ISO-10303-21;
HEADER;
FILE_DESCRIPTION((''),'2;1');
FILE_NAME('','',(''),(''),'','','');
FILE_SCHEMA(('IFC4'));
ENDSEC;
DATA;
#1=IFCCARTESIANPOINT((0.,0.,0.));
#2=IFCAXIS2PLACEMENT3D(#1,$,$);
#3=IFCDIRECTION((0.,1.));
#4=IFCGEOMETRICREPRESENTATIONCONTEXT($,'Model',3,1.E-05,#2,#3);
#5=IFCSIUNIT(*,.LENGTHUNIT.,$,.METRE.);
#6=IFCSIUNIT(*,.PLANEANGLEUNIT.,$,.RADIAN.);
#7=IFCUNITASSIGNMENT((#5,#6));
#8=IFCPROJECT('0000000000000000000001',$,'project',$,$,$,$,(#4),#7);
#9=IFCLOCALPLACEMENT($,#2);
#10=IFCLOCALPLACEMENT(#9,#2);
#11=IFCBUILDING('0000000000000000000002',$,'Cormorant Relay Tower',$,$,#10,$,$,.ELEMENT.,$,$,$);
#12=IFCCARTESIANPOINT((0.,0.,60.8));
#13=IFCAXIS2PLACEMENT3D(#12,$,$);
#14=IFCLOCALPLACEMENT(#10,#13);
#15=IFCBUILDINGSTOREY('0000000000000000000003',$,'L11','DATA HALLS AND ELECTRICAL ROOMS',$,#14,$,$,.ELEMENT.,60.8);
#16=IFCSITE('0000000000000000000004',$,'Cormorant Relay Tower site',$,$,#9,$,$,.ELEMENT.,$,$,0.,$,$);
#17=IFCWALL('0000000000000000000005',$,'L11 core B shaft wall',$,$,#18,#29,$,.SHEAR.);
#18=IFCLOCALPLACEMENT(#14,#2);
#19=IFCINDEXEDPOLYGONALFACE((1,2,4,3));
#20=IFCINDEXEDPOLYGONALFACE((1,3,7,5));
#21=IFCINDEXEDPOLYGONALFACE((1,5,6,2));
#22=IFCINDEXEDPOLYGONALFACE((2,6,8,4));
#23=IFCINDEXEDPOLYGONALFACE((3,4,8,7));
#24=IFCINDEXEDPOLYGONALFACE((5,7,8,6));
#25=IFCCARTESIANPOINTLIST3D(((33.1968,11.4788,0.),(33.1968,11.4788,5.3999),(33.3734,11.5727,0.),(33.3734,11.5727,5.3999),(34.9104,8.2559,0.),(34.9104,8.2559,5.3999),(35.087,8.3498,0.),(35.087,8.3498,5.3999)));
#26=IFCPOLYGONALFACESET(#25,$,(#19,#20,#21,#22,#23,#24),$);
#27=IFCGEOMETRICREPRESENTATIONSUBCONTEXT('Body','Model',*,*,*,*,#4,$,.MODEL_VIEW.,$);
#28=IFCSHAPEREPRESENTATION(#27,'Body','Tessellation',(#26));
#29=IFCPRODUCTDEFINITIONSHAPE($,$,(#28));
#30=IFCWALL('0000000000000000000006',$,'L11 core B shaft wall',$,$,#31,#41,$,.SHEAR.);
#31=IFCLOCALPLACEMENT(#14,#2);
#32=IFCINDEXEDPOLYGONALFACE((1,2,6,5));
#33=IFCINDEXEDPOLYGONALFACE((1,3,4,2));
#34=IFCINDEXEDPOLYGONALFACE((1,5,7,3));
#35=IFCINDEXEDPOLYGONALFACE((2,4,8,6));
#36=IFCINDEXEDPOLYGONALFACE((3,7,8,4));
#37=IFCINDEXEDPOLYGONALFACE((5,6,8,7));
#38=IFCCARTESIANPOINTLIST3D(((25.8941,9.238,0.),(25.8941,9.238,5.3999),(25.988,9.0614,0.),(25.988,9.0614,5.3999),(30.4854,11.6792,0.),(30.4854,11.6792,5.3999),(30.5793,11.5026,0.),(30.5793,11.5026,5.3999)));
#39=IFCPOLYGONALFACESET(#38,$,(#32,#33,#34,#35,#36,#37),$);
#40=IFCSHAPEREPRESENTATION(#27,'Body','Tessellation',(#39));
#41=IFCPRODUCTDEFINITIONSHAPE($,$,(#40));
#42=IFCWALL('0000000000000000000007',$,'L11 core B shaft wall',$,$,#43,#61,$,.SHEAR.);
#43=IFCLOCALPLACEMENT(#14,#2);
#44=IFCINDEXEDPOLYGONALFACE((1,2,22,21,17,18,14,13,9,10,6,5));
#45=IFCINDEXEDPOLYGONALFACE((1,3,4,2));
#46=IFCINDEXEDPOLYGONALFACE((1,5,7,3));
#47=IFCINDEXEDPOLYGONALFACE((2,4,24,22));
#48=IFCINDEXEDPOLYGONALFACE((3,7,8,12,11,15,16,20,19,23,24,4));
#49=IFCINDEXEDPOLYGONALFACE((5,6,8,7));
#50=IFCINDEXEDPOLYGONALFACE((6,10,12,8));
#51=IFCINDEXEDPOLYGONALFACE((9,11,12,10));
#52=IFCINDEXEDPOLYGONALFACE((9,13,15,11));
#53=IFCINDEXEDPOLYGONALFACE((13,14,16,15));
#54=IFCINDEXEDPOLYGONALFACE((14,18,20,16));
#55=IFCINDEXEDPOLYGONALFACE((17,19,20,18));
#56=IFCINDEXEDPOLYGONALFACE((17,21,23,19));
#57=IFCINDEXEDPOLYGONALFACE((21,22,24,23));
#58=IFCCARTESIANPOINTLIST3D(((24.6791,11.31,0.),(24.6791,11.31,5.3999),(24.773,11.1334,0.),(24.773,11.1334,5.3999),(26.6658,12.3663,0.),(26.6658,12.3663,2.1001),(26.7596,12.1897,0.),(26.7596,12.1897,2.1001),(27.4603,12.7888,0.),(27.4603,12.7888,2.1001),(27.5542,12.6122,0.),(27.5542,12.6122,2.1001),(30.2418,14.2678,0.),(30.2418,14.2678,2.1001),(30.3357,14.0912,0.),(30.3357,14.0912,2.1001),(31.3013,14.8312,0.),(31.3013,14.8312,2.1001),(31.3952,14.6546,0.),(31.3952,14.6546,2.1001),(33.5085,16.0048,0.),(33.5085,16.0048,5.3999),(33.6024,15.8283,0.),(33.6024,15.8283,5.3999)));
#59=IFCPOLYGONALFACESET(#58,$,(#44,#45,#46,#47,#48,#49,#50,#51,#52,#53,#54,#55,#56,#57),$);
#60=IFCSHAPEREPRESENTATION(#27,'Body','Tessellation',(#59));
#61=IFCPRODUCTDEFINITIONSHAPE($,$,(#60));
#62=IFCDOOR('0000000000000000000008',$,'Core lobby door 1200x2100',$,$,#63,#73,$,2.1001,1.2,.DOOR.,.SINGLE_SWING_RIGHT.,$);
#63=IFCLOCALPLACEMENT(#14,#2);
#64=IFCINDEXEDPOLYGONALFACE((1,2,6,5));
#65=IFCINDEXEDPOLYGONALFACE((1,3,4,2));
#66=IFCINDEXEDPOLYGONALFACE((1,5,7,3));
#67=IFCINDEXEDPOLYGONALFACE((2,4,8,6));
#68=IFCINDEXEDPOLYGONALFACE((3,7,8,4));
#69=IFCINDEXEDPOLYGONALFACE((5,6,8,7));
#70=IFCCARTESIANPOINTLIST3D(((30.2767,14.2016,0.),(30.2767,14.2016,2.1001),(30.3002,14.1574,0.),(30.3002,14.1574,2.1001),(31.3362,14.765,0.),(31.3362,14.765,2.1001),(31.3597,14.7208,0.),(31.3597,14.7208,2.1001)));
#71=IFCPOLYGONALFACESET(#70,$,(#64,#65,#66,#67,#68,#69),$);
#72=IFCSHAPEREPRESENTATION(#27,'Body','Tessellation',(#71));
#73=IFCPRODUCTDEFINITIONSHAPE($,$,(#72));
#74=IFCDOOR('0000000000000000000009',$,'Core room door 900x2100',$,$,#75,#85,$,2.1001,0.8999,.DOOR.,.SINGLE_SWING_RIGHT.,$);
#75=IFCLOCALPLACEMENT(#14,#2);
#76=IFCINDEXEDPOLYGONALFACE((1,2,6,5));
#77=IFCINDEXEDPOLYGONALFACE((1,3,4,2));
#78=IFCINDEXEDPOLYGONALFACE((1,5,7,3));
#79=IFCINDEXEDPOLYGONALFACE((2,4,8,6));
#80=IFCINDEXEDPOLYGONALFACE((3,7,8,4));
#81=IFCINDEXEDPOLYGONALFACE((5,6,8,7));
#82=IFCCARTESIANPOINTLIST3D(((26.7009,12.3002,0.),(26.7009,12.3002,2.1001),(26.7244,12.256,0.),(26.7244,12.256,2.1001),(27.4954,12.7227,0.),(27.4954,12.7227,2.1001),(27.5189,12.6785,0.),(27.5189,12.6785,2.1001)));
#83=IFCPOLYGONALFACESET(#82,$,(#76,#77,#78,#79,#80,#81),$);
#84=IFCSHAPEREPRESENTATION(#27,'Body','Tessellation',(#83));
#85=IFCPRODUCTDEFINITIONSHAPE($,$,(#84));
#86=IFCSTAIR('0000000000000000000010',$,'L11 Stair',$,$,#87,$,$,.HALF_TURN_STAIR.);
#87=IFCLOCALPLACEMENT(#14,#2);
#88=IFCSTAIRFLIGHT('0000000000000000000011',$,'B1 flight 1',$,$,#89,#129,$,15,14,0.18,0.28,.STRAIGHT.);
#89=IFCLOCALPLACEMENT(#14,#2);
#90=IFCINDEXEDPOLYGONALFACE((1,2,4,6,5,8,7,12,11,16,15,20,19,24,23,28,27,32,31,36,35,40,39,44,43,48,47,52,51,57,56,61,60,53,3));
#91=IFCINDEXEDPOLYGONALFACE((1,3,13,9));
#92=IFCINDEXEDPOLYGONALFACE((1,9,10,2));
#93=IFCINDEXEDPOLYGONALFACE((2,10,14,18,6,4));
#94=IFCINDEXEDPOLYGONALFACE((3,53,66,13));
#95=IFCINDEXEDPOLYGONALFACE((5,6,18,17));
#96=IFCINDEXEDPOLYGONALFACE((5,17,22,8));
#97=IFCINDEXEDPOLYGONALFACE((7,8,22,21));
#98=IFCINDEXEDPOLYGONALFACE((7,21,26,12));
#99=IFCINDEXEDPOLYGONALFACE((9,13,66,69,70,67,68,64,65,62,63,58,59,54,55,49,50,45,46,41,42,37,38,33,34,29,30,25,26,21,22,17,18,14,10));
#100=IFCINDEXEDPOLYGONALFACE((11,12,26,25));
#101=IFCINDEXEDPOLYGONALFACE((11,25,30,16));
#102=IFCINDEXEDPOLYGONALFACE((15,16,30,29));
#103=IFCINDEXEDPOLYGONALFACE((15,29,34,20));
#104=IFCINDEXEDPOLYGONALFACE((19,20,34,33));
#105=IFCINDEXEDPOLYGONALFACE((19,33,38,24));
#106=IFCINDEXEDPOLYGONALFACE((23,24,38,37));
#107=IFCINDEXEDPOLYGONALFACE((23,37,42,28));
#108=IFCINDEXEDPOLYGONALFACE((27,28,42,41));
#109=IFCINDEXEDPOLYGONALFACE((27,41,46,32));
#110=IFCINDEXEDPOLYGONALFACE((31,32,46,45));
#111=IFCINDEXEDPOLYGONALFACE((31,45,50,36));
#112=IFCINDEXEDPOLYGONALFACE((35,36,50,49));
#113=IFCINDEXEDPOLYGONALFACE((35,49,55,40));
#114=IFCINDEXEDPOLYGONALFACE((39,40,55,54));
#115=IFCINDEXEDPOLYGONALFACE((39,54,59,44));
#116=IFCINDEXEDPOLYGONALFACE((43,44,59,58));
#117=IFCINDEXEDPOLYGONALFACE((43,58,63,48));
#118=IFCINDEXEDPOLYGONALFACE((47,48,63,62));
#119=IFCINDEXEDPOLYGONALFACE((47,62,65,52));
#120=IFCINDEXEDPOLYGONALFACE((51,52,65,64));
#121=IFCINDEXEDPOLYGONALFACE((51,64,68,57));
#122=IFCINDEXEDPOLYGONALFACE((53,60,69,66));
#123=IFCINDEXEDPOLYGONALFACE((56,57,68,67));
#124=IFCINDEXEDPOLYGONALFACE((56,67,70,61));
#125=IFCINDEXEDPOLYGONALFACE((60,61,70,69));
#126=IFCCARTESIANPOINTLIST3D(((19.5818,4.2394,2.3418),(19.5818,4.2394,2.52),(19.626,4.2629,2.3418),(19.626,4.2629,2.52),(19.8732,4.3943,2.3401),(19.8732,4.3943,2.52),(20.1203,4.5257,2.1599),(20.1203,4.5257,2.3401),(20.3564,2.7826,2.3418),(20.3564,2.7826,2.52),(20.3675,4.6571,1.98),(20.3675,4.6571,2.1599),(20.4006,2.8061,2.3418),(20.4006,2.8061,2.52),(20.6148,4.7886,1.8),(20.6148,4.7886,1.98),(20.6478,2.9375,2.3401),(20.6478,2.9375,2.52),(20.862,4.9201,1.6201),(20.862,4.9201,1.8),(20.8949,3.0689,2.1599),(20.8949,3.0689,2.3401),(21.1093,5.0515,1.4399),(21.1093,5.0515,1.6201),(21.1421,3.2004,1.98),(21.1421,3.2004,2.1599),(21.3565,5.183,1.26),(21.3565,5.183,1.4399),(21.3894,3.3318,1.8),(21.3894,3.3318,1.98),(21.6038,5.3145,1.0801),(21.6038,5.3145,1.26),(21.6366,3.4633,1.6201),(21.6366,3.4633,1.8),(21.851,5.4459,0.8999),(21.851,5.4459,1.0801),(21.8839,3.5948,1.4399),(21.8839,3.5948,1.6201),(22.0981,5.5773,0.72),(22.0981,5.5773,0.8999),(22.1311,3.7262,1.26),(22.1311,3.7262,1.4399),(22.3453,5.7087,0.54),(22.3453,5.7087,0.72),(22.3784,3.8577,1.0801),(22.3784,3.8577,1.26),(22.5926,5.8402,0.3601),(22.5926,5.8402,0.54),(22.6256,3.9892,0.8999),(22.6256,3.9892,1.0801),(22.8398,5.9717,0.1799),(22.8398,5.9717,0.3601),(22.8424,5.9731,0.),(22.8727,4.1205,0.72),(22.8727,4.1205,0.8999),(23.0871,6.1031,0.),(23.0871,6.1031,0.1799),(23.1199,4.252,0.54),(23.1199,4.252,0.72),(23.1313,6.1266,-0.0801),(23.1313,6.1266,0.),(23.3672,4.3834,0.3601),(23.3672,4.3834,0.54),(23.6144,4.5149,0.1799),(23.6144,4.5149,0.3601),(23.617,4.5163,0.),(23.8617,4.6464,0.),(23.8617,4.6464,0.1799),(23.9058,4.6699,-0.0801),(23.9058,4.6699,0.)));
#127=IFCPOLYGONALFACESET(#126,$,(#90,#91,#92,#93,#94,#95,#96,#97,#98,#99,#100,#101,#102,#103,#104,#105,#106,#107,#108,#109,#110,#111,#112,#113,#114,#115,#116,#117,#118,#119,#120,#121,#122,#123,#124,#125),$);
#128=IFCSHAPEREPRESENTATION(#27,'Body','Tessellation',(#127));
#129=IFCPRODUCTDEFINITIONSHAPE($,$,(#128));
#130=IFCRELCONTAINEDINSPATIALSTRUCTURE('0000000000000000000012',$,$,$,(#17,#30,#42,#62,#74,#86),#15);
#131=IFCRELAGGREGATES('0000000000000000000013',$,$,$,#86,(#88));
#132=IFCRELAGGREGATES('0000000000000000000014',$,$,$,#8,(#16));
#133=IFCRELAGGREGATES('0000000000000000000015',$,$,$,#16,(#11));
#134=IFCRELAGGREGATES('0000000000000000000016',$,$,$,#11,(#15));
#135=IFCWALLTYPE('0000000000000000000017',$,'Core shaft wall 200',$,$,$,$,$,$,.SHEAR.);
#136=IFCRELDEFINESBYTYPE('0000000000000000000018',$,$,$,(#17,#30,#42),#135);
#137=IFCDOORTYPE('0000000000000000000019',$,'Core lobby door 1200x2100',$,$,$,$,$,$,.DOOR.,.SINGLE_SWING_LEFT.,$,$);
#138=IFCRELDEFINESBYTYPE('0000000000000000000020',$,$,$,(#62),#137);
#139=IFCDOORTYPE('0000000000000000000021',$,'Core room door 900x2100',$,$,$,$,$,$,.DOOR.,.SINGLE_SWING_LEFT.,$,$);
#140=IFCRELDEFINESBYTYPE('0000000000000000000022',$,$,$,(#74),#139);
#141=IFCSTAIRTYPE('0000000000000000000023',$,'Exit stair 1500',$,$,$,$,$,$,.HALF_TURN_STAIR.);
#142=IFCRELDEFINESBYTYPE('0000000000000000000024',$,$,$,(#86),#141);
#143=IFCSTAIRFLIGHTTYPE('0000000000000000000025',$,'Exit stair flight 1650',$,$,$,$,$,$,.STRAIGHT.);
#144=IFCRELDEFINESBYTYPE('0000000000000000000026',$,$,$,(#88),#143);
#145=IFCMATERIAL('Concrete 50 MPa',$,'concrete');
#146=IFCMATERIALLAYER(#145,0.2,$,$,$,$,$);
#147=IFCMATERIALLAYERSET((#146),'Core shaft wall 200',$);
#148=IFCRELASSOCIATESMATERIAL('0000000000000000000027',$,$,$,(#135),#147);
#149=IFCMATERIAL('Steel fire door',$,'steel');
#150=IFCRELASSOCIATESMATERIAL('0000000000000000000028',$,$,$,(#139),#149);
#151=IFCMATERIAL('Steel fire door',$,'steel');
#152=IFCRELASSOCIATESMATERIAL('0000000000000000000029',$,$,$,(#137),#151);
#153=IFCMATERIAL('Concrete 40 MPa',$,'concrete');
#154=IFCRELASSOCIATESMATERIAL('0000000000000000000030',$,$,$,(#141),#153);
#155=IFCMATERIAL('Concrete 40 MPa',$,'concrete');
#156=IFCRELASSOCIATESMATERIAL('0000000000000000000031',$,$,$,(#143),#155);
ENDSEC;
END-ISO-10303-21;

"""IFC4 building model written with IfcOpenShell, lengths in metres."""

from ifc_helpers import new_model, si_unit, direction, frame, frame_2d, origin, place, context, subcontext, project, spatial, polyline, rectangle, outline, extrude, material, layer, layer_set, type_object, element, fill, aggregate, save


model = new_model("IFC4")

# Units and contexts
model_context = context("Model", 3, precision=1e-05, world=origin(), true_north=direction((0.0, 1.0)))
body_context = subcontext(model_context, "Body", "Model", "MODEL_VIEW")
ifc_project = project(units=[si_unit("LENGTHUNIT", "METRE"), si_unit("PLANEANGLEUNIT", "RADIAN")], contexts=[model_context])

# Site, building, storey
site_placement = place(None, origin())
site = spatial("IfcSite", under=ifc_project, at=site_placement, Name="Cormorant Relay Tower site", CompositionType="ELEMENT", RefElevation=0.0)
building_placement = place(site_placement, origin())
building = spatial("IfcBuilding", under=site, at=building_placement, Name="Cormorant Relay Tower", CompositionType="ELEMENT")
storey_placement = place(building_placement, frame((0.0, 0.0, 60.8)))
storey = spatial("IfcBuildingStorey", under=building, at=storey_placement, Name="L11", Description="DATA HALLS AND ELECTRICAL ROOMS", CompositionType="ELEMENT", Elevation=60.8)

# Shared definitions
ifc_material_1 = material(Name="Concrete 50 MPa", Category="concrete")
ifc_layer_1 = layer(ifc_material_1, 0.2)
ifc_layer_set_1 = layer_set([ifc_layer_1], Name="Core shaft wall 200")
wall_type_1 = type_object("IfcWallType", Name="Core shaft wall 200", PredefinedType="SHEAR", material=ifc_layer_set_1)
ifc_material_2 = material(Name="Steel fire door", Category="steel")
door_type_1 = type_object("IfcDoorType", Name="Core room door 900x2100", OperationType="SINGLE_SWING_LEFT", PredefinedType="DOOR", material=ifc_material_2)

# Wall
wall_1_placement = place(storey_placement, frame((34.9988, 8.3027, 0.0), z_axis=(0.0, 0.0, 1.0), x_axis=(-0.469467, 0.88295, 0.0)))
element("IfcWall", 1, at=wall_1_placement, inside=storey, type_object=wall_type_1, Name="L11 core B shaft wall", PredefinedType="SHEAR", context=body_context, shape_type="SweptSolid", body=[
    extrude(rectangle(XDim=3.6501, YDim=0.2, at=frame_2d((1.8252, 0.0))), origin(), (0.0, 0.0, 1.0), 5.3999),
])

# Wall
wall_2_placement = place(storey_placement, frame((25.9409, 9.1497, 0.0), z_axis=(0.0, 0.0, 1.0), x_axis=(0.882954, 0.46946, 0.0)))
element("IfcWall", 2, at=wall_2_placement, inside=storey, type_object=wall_type_1, Name="L11 core B shaft wall", PredefinedType="SHEAR", context=body_context, shape_type="SweptSolid", body=[
    extrude(rectangle(XDim=5.2, YDim=0.2, at=frame_2d((2.6001, 0.0))), origin(), (0.0, 0.0, 1.0), 5.3999),
])

# Wall, openings, doors
wall_3_placement = place(storey_placement, frame((24.7261, 11.2217, 0.0), z_axis=(0.0, 0.0, 1.0), x_axis=(0.88294, 0.469485, 0.0)))
wall_3 = element("IfcWall", 3, at=wall_3_placement, inside=storey, type_object=wall_type_1, Name="L11 core B shaft wall", PredefinedType="SHEAR", context=body_context, shape_type="SweptSolid", body=[
    extrude(rectangle(XDim=10.0, YDim=0.2, at=frame_2d((5.0, 0.0))), origin(), (0.0, 0.0, 1.0), 5.3999),
])
opening_1_placement = place(wall_3_placement, frame((6.3, 0.0, 0.0)))
opening_1 = element("IfcOpeningElement", 4, at=opening_1_placement, cuts=wall_3, PredefinedType="OPENING", context=body_context, shape_type="SweptSolid", body=[
    extrude(rectangle(XDim=1.2, YDim=2.1001, at=frame_2d((0.6001, 1.05))), frame((0.0, 0.1099, 0.0), z_axis=(0.0, -1.0, 0.0), x_axis=(1.0, 0.0, 0.0)), (0.0, 0.0, 1.0), 0.22),
])
opening_2_placement = place(wall_3_placement, frame((2.25, 0.0, 0.0)))
opening_2 = element("IfcOpeningElement", 5, at=opening_2_placement, cuts=wall_3, PredefinedType="OPENING", context=body_context, shape_type="SweptSolid", body=[
    extrude(rectangle(XDim=0.8999, YDim=2.1001, at=frame_2d((0.45, 1.05))), frame((0.0, 0.1099, 0.0), z_axis=(0.0, -1.0, 0.0), x_axis=(1.0, 0.0, 0.0)), (0.0, 0.0, 1.0), 0.22),
])
ifc_material_3 = material(Name="Steel fire door", Category="steel")
door_type_2 = type_object("IfcDoorType", Name="Core lobby door 1200x2100", OperationType="SINGLE_SWING_LEFT", PredefinedType="DOOR", material=ifc_material_3)
door_1_placement = place(opening_1_placement, frame((1.2, 0.0, 0.0), z_axis=(0.0, 0.0, 1.0), x_axis=(-1.0, 0.0, 0.0)))
door_1 = element("IfcDoor", 6, at=door_1_placement, inside=storey, type_object=door_type_2, Name="Core lobby door 1200x2100", OperationType="SINGLE_SWING_RIGHT", OverallHeight=2.1001, OverallWidth=1.2, PredefinedType="DOOR", context=body_context, shape_type="SweptSolid", body=[
    extrude(rectangle(XDim=1.2, YDim=2.1001, at=frame_2d((0.6001, 1.05))), frame((0.0, 0.0249, 0.0), z_axis=(0.0, -1.0, 0.0), x_axis=(1.0, 0.0, 0.0)), (0.0, 0.0, 1.0), 0.05),
])
fill(opening_1, door_1)
door_2_placement = place(opening_2_placement, frame((0.8999, 0.0, 0.0), z_axis=(0.0, 0.0, 1.0), x_axis=(-1.0, 0.0, 0.0)))
door_2 = element("IfcDoor", 7, at=door_2_placement, inside=storey, type_object=door_type_1, Name="Core room door 900x2100", OperationType="SINGLE_SWING_RIGHT", OverallHeight=2.1001, OverallWidth=0.8999, PredefinedType="DOOR", context=body_context, shape_type="SweptSolid", body=[
    extrude(rectangle(XDim=0.8999, YDim=2.1001, at=frame_2d((0.45, 1.05))), frame((0.0, 0.0249, 0.0), z_axis=(0.0, -1.0, 0.0), x_axis=(1.0, 0.0, 0.0)), (0.0, 0.0, 1.0), 0.05),
])
fill(opening_2, door_2)

# Stair, stair flight
ifc_material_4 = material(Name="Concrete 40 MPa", Category="concrete")
stair_type = type_object("IfcStairType", Name="Exit stair 1500", PredefinedType="HALF_TURN_STAIR", material=ifc_material_4)
stair_placement = place(storey_placement, origin())
stair = element("IfcStair", 8, at=stair_placement, inside=storey, type_object=stair_type, Name="L11 Stair", PredefinedType="HALF_TURN_STAIR")
ifc_material_5 = material(Name="Concrete 40 MPa", Category="concrete")
stair_flight_type = type_object("IfcStairFlightType", Name="Exit stair flight 1650", PredefinedType="STRAIGHT", material=ifc_material_5)
stair_flight_placement = place(storey_placement, frame((23.4744, 5.3748, 0.0), z_axis=(0.0, 0.0, 1.0), x_axis=(-0.882948, -0.469472, 0.0)))
stair_flight = element("IfcStairFlight", 9, at=stair_flight_placement, type_object=stair_flight_type, Name="B1 flight 1", NumberOfRisers=15, NumberOfTreads=14, PredefinedType="STRAIGHT", RiserHeight=0.18, TreadLength=0.28, context=body_context, shape_type="SweptSolid", body=[
    extrude(outline(polyline([(-0.05, -0.0801), (-0.05, 0.0), (0.0, 0.0), (0.0, 0.1799), (0.28, 0.1799), (0.28, 0.3601), (0.5601, 0.3601), (0.5601, 0.54), (0.8401, 0.54), (0.8401, 0.72), (1.1201, 0.72), (1.1201, 0.8999), (1.3999, 0.8999), (1.3999, 1.0801), (1.6799, 1.0801), (1.6799, 1.26), (1.96, 1.26), (1.96, 1.4399), (2.24, 1.4399), (2.24, 1.6201), (2.52, 1.6201), (2.52, 1.8), (2.8, 1.8), (2.8, 1.98), (3.0801, 1.98), (3.0801, 2.1599), (3.3601, 2.1599), (3.3601, 2.3401), (3.6399, 2.3401), (3.6399, 2.52), (3.9199, 2.52), (3.97, 2.52), (3.97, 2.3418), (3.9199, 2.3418), (0.2771, 0.0), (-0.05, -0.0801)])), frame((0.0, 0.825, 0.0), z_axis=(0.0, -1.0, 0.0), x_axis=(1.0, 0.0, 0.0)), (0.0, 0.0, 1.0), 1.6499),
])
aggregate(stair, [stair_flight])

save(model, "model.ifc")
